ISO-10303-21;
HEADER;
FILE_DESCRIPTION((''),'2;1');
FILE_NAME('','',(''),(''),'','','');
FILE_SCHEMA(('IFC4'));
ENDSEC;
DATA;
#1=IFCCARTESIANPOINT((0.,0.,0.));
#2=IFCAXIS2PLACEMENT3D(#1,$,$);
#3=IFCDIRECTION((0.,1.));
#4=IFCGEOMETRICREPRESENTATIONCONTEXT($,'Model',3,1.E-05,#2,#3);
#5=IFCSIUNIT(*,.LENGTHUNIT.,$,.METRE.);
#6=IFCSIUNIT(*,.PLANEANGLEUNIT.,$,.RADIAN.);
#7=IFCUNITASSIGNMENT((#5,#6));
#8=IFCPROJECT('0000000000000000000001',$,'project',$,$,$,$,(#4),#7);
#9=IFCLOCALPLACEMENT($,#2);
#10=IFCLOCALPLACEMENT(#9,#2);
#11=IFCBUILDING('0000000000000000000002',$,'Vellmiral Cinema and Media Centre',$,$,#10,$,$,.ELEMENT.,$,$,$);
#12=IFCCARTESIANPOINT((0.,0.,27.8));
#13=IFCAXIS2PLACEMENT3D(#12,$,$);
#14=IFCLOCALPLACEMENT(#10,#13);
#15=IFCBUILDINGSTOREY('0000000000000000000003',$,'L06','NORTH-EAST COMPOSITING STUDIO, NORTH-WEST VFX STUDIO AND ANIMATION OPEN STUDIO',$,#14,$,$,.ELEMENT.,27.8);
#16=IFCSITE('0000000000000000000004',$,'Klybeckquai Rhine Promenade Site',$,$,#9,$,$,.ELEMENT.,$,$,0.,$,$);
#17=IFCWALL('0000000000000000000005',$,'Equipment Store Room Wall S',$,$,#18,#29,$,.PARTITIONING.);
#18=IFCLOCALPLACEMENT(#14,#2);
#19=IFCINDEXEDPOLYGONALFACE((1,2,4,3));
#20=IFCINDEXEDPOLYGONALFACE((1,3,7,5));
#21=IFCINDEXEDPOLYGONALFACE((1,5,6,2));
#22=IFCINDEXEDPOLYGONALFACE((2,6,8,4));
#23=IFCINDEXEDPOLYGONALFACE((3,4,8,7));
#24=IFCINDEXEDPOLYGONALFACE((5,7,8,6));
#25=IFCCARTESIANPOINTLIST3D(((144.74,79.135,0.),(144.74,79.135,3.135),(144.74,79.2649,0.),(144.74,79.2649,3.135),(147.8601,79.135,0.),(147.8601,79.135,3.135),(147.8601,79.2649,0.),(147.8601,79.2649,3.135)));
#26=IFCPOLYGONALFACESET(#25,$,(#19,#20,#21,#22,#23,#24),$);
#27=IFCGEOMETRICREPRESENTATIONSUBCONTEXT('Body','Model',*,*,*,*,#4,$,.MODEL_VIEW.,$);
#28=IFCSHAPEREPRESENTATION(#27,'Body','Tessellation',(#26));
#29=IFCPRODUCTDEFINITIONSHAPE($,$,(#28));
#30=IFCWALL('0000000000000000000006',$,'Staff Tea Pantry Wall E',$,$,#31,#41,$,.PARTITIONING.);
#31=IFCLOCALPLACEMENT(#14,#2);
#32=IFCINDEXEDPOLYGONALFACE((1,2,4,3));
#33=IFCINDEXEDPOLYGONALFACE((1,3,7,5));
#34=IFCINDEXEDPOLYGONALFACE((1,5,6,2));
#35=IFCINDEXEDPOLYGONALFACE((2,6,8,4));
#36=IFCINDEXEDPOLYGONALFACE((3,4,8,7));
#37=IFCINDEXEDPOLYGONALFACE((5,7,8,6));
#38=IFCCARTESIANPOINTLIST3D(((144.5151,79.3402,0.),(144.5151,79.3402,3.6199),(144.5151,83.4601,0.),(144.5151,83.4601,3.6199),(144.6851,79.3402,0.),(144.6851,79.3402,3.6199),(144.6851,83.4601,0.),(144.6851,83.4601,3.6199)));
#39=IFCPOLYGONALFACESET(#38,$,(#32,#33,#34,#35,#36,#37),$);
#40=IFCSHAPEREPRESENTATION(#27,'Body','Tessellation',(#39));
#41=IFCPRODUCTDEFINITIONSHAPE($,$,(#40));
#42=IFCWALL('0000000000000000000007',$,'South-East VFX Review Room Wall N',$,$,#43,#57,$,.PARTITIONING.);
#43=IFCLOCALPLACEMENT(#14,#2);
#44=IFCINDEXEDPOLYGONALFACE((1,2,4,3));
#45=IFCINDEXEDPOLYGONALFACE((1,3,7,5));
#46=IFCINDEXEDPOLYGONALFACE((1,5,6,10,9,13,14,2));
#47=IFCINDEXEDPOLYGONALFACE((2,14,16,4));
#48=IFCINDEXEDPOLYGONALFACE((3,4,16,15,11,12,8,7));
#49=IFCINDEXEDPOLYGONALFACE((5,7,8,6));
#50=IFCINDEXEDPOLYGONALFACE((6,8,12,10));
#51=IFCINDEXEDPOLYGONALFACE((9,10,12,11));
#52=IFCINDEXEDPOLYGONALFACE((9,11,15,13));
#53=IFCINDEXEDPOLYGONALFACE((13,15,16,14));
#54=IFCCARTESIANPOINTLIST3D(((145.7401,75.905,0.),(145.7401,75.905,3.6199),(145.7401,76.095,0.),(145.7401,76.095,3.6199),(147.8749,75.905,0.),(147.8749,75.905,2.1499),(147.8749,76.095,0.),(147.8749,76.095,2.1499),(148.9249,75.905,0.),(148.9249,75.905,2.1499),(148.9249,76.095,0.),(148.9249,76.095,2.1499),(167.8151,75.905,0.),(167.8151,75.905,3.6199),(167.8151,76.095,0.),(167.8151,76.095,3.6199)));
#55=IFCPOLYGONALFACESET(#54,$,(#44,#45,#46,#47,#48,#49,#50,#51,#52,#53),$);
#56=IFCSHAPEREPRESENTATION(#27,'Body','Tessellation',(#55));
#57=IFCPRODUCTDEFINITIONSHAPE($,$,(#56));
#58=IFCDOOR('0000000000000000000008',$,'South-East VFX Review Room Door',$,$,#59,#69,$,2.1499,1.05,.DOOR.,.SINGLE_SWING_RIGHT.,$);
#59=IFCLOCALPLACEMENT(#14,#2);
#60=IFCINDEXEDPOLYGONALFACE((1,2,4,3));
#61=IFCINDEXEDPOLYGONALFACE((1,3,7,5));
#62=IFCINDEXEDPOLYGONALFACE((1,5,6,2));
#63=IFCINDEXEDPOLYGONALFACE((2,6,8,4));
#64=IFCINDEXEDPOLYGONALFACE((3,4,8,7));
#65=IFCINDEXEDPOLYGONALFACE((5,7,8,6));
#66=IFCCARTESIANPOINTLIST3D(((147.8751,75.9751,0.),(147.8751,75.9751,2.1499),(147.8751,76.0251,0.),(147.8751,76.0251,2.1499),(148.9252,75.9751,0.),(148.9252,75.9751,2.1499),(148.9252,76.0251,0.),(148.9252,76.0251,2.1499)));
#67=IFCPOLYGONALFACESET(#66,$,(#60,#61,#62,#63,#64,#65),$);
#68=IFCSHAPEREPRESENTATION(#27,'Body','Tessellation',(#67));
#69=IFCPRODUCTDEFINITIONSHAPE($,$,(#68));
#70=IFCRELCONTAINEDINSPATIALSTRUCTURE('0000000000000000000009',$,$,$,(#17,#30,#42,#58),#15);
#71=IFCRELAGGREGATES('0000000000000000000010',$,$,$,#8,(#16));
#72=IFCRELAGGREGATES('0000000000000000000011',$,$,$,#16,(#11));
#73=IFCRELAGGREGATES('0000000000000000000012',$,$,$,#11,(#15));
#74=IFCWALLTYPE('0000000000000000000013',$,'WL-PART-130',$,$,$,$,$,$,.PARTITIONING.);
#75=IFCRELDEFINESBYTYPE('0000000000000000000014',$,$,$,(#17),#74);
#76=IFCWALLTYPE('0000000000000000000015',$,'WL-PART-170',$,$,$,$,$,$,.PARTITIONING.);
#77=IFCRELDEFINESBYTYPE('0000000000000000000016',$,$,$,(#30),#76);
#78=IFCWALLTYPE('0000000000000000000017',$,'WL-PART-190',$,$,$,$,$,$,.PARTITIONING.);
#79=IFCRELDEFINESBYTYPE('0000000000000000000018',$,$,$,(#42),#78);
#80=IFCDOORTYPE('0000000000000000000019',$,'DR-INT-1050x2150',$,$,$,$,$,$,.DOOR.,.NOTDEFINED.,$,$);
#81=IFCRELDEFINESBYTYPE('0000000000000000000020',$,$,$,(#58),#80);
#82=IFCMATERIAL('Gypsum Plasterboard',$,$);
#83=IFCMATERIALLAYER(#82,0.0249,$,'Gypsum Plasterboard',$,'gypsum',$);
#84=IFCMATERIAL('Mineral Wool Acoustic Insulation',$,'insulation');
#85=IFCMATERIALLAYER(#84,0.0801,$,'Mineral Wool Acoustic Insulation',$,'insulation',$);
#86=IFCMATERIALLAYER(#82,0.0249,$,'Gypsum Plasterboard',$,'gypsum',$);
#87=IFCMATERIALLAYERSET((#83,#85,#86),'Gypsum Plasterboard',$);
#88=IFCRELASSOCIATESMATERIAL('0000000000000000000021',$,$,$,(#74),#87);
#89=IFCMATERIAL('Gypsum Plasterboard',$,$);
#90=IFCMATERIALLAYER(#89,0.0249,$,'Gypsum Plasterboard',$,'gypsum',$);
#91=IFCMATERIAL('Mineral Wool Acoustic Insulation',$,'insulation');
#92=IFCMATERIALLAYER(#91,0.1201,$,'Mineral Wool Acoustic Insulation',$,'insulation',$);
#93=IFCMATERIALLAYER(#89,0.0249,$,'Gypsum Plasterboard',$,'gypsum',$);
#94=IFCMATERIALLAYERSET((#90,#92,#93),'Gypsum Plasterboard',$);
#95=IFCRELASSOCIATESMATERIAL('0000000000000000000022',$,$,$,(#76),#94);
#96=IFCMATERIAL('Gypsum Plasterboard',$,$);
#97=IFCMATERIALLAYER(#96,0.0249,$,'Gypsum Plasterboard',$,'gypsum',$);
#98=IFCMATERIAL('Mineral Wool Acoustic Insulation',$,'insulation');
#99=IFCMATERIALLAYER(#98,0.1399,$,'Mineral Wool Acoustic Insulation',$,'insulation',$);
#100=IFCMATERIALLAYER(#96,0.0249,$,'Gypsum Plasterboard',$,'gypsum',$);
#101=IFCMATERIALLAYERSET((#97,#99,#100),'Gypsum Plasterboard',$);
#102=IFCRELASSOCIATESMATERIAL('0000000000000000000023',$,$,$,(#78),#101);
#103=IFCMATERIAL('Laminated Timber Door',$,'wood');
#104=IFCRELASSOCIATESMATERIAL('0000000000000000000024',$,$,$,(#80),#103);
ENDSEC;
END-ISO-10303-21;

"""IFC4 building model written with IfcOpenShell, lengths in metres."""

from ifc_helpers import new_model, si_unit, direction, frame, frame_2d, origin, place, context, subcontext, project, spatial, rectangle, extrude, material, layer, layer_set, type_object, element, fill, save


model = new_model("IFC4")

# Units and contexts
model_context = context("Model", 3, precision=1e-05, world=origin(), true_north=direction((0.0, 1.0)))
body_context = subcontext(model_context, "Body", "Model", "MODEL_VIEW")
ifc_project = project(units=[si_unit("LENGTHUNIT", "METRE"), si_unit("PLANEANGLEUNIT", "RADIAN")], contexts=[model_context])

# Site, building, storey
site_placement = place(None, origin())
site = spatial("IfcSite", under=ifc_project, at=site_placement, Name="Klybeckquai Rhine Promenade Site", CompositionType="ELEMENT", RefElevation=0.0)
building_placement = place(site_placement, origin())
building = spatial("IfcBuilding", under=site, at=building_placement, Name="Vellmiral Cinema and Media Centre", CompositionType="ELEMENT")
storey_placement = place(building_placement, frame((0.0, 0.0, 27.8)))
storey = spatial("IfcBuildingStorey", under=building, at=storey_placement, Name="L06", Description="NORTH-EAST COMPOSITING STUDIO, NORTH-WEST VFX STUDIO AND ANIMATION OPEN STUDIO", CompositionType="ELEMENT", Elevation=27.8)

# Walls
ifc_material_1 = material(Name="Gypsum Plasterboard")
ifc_layer_1 = layer(ifc_material_1, 0.0249, Name="Gypsum Plasterboard", Category="gypsum")
ifc_material_2 = material(Name="Mineral Wool Acoustic Insulation", Category="insulation")
ifc_layer_2 = layer(ifc_material_2, 0.0801, Name="Mineral Wool Acoustic Insulation", Category="insulation")
ifc_layer_3 = layer(ifc_material_1, 0.0249, Name="Gypsum Plasterboard", Category="gypsum")
ifc_layer_set_1 = layer_set([ifc_layer_1, ifc_layer_2, ifc_layer_3], Name="Gypsum Plasterboard")
wall_type_1 = type_object("IfcWallType", Name="WL-PART-130", PredefinedType="PARTITIONING", material=ifc_layer_set_1)
wall_1_placement = place(storey_placement, frame((144.74, 79.2, 0.0), z_axis=(0.0, 0.0, 1.0), x_axis=(1.0, 0.0, 0.0)))
element("IfcWall", 1, at=wall_1_placement, inside=storey, type_object=wall_type_1, Name="Equipment Store Room Wall S", PredefinedType="PARTITIONING", context=body_context, shape_type="SweptSolid", body=[
    extrude(rectangle(XDim=3.1201, YDim=0.1299, at=frame_2d((1.5601, 0.0))), origin(), (0.0, 0.0, 1.0), 3.135),
])
ifc_material_3 = material(Name="Gypsum Plasterboard")
ifc_layer_4 = layer(ifc_material_3, 0.0249, Name="Gypsum Plasterboard", Category="gypsum")
ifc_material_4 = material(Name="Mineral Wool Acoustic Insulation", Category="insulation")
ifc_layer_5 = layer(ifc_material_4, 0.1201, Name="Mineral Wool Acoustic Insulation", Category="insulation")
ifc_layer_6 = layer(ifc_material_3, 0.0249, Name="Gypsum Plasterboard", Category="gypsum")
ifc_layer_set_2 = layer_set([ifc_layer_4, ifc_layer_5, ifc_layer_6], Name="Gypsum Plasterboard")
wall_type_2 = type_object("IfcWallType", Name="WL-PART-170", PredefinedType="PARTITIONING", material=ifc_layer_set_2)
wall_2_placement = place(storey_placement, frame((144.6001, 79.3401, 0.0), z_axis=(0.0, 0.0, 1.0), x_axis=(0.0, 1.0, 0.0)))
element("IfcWall", 2, at=wall_2_placement, inside=storey, type_object=wall_type_2, Name="Staff Tea Pantry Wall E", PredefinedType="PARTITIONING", context=body_context, shape_type="SweptSolid", body=[
    extrude(rectangle(XDim=4.1199, YDim=0.1699, at=frame_2d((2.0601, 0.0))), origin(), (0.0, 0.0, 1.0), 3.6199),
])

# Wall, opening, door
ifc_material_5 = material(Name="Gypsum Plasterboard")
ifc_layer_7 = layer(ifc_material_5, 0.0249, Name="Gypsum Plasterboard", Category="gypsum")
ifc_material_6 = material(Name="Mineral Wool Acoustic Insulation", Category="insulation")
ifc_layer_8 = layer(ifc_material_6, 0.1399, Name="Mineral Wool Acoustic Insulation", Category="insulation")
ifc_layer_9 = layer(ifc_material_5, 0.0249, Name="Gypsum Plasterboard", Category="gypsum")
ifc_layer_set_3 = layer_set([ifc_layer_7, ifc_layer_8, ifc_layer_9], Name="Gypsum Plasterboard")
wall_type_3 = type_object("IfcWallType", Name="WL-PART-190", PredefinedType="PARTITIONING", material=ifc_layer_set_3)
wall_3_placement = place(storey_placement, frame((145.74, 76.0, 0.0), z_axis=(0.0, 0.0, 1.0), x_axis=(1.0, 0.0, 0.0)))
wall_3 = element("IfcWall", 3, at=wall_3_placement, inside=storey, type_object=wall_type_3, Name="South-East VFX Review Room Wall N", PredefinedType="PARTITIONING", context=body_context, shape_type="SweptSolid", body=[
    extrude(rectangle(XDim=22.075, YDim=0.1899, at=frame_2d((11.0376, 0.0))), origin(), (0.0, 0.0, 1.0), 3.6199),
])
opening_1_placement = place(wall_3_placement, frame((2.135, 0.0, 0.0)))
opening_1 = element("IfcOpeningElement", 4, at=opening_1_placement, cuts=wall_3, PredefinedType="OPENING", context=body_context, shape_type="SweptSolid", body=[
    extrude(rectangle(XDim=1.05, YDim=2.1499, at=frame_2d((0.5249, 1.075))), frame((0.0, 0.1069, 0.0), z_axis=(0.0, -1.0, 0.0), x_axis=(1.0, 0.0, 0.0)), (0.0, 0.0, 1.0), 0.2139),
])
ifc_material_7 = material(Name="Laminated Timber Door", Category="wood")
door_type_1 = type_object("IfcDoorType", Name="DR-INT-1050x2150", OperationType="NOTDEFINED", PredefinedType="DOOR", material=ifc_material_7)
door_1_placement = place(opening_1_placement, frame((1.05, 0.0, 0.0), z_axis=(0.0, 0.0, 1.0), x_axis=(-1.0, 0.0, 0.0)))
door_1 = element("IfcDoor", 5, at=door_1_placement, inside=storey, type_object=door_type_1, Name="South-East VFX Review Room Door", OperationType="SINGLE_SWING_RIGHT", OverallHeight=2.1499, OverallWidth=1.05, PredefinedType="DOOR", context=body_context, shape_type="SweptSolid", body=[
    extrude(rectangle(XDim=1.05, YDim=2.1499, at=frame_2d((0.5249, 1.075))), frame((0.0, 0.0249, 0.0), z_axis=(0.0, -1.0, 0.0), x_axis=(1.0, 0.0, 0.0)), (0.0, 0.0, 1.0), 0.05),
])
fill(opening_1, door_1)

save(model, "model.ifc")
